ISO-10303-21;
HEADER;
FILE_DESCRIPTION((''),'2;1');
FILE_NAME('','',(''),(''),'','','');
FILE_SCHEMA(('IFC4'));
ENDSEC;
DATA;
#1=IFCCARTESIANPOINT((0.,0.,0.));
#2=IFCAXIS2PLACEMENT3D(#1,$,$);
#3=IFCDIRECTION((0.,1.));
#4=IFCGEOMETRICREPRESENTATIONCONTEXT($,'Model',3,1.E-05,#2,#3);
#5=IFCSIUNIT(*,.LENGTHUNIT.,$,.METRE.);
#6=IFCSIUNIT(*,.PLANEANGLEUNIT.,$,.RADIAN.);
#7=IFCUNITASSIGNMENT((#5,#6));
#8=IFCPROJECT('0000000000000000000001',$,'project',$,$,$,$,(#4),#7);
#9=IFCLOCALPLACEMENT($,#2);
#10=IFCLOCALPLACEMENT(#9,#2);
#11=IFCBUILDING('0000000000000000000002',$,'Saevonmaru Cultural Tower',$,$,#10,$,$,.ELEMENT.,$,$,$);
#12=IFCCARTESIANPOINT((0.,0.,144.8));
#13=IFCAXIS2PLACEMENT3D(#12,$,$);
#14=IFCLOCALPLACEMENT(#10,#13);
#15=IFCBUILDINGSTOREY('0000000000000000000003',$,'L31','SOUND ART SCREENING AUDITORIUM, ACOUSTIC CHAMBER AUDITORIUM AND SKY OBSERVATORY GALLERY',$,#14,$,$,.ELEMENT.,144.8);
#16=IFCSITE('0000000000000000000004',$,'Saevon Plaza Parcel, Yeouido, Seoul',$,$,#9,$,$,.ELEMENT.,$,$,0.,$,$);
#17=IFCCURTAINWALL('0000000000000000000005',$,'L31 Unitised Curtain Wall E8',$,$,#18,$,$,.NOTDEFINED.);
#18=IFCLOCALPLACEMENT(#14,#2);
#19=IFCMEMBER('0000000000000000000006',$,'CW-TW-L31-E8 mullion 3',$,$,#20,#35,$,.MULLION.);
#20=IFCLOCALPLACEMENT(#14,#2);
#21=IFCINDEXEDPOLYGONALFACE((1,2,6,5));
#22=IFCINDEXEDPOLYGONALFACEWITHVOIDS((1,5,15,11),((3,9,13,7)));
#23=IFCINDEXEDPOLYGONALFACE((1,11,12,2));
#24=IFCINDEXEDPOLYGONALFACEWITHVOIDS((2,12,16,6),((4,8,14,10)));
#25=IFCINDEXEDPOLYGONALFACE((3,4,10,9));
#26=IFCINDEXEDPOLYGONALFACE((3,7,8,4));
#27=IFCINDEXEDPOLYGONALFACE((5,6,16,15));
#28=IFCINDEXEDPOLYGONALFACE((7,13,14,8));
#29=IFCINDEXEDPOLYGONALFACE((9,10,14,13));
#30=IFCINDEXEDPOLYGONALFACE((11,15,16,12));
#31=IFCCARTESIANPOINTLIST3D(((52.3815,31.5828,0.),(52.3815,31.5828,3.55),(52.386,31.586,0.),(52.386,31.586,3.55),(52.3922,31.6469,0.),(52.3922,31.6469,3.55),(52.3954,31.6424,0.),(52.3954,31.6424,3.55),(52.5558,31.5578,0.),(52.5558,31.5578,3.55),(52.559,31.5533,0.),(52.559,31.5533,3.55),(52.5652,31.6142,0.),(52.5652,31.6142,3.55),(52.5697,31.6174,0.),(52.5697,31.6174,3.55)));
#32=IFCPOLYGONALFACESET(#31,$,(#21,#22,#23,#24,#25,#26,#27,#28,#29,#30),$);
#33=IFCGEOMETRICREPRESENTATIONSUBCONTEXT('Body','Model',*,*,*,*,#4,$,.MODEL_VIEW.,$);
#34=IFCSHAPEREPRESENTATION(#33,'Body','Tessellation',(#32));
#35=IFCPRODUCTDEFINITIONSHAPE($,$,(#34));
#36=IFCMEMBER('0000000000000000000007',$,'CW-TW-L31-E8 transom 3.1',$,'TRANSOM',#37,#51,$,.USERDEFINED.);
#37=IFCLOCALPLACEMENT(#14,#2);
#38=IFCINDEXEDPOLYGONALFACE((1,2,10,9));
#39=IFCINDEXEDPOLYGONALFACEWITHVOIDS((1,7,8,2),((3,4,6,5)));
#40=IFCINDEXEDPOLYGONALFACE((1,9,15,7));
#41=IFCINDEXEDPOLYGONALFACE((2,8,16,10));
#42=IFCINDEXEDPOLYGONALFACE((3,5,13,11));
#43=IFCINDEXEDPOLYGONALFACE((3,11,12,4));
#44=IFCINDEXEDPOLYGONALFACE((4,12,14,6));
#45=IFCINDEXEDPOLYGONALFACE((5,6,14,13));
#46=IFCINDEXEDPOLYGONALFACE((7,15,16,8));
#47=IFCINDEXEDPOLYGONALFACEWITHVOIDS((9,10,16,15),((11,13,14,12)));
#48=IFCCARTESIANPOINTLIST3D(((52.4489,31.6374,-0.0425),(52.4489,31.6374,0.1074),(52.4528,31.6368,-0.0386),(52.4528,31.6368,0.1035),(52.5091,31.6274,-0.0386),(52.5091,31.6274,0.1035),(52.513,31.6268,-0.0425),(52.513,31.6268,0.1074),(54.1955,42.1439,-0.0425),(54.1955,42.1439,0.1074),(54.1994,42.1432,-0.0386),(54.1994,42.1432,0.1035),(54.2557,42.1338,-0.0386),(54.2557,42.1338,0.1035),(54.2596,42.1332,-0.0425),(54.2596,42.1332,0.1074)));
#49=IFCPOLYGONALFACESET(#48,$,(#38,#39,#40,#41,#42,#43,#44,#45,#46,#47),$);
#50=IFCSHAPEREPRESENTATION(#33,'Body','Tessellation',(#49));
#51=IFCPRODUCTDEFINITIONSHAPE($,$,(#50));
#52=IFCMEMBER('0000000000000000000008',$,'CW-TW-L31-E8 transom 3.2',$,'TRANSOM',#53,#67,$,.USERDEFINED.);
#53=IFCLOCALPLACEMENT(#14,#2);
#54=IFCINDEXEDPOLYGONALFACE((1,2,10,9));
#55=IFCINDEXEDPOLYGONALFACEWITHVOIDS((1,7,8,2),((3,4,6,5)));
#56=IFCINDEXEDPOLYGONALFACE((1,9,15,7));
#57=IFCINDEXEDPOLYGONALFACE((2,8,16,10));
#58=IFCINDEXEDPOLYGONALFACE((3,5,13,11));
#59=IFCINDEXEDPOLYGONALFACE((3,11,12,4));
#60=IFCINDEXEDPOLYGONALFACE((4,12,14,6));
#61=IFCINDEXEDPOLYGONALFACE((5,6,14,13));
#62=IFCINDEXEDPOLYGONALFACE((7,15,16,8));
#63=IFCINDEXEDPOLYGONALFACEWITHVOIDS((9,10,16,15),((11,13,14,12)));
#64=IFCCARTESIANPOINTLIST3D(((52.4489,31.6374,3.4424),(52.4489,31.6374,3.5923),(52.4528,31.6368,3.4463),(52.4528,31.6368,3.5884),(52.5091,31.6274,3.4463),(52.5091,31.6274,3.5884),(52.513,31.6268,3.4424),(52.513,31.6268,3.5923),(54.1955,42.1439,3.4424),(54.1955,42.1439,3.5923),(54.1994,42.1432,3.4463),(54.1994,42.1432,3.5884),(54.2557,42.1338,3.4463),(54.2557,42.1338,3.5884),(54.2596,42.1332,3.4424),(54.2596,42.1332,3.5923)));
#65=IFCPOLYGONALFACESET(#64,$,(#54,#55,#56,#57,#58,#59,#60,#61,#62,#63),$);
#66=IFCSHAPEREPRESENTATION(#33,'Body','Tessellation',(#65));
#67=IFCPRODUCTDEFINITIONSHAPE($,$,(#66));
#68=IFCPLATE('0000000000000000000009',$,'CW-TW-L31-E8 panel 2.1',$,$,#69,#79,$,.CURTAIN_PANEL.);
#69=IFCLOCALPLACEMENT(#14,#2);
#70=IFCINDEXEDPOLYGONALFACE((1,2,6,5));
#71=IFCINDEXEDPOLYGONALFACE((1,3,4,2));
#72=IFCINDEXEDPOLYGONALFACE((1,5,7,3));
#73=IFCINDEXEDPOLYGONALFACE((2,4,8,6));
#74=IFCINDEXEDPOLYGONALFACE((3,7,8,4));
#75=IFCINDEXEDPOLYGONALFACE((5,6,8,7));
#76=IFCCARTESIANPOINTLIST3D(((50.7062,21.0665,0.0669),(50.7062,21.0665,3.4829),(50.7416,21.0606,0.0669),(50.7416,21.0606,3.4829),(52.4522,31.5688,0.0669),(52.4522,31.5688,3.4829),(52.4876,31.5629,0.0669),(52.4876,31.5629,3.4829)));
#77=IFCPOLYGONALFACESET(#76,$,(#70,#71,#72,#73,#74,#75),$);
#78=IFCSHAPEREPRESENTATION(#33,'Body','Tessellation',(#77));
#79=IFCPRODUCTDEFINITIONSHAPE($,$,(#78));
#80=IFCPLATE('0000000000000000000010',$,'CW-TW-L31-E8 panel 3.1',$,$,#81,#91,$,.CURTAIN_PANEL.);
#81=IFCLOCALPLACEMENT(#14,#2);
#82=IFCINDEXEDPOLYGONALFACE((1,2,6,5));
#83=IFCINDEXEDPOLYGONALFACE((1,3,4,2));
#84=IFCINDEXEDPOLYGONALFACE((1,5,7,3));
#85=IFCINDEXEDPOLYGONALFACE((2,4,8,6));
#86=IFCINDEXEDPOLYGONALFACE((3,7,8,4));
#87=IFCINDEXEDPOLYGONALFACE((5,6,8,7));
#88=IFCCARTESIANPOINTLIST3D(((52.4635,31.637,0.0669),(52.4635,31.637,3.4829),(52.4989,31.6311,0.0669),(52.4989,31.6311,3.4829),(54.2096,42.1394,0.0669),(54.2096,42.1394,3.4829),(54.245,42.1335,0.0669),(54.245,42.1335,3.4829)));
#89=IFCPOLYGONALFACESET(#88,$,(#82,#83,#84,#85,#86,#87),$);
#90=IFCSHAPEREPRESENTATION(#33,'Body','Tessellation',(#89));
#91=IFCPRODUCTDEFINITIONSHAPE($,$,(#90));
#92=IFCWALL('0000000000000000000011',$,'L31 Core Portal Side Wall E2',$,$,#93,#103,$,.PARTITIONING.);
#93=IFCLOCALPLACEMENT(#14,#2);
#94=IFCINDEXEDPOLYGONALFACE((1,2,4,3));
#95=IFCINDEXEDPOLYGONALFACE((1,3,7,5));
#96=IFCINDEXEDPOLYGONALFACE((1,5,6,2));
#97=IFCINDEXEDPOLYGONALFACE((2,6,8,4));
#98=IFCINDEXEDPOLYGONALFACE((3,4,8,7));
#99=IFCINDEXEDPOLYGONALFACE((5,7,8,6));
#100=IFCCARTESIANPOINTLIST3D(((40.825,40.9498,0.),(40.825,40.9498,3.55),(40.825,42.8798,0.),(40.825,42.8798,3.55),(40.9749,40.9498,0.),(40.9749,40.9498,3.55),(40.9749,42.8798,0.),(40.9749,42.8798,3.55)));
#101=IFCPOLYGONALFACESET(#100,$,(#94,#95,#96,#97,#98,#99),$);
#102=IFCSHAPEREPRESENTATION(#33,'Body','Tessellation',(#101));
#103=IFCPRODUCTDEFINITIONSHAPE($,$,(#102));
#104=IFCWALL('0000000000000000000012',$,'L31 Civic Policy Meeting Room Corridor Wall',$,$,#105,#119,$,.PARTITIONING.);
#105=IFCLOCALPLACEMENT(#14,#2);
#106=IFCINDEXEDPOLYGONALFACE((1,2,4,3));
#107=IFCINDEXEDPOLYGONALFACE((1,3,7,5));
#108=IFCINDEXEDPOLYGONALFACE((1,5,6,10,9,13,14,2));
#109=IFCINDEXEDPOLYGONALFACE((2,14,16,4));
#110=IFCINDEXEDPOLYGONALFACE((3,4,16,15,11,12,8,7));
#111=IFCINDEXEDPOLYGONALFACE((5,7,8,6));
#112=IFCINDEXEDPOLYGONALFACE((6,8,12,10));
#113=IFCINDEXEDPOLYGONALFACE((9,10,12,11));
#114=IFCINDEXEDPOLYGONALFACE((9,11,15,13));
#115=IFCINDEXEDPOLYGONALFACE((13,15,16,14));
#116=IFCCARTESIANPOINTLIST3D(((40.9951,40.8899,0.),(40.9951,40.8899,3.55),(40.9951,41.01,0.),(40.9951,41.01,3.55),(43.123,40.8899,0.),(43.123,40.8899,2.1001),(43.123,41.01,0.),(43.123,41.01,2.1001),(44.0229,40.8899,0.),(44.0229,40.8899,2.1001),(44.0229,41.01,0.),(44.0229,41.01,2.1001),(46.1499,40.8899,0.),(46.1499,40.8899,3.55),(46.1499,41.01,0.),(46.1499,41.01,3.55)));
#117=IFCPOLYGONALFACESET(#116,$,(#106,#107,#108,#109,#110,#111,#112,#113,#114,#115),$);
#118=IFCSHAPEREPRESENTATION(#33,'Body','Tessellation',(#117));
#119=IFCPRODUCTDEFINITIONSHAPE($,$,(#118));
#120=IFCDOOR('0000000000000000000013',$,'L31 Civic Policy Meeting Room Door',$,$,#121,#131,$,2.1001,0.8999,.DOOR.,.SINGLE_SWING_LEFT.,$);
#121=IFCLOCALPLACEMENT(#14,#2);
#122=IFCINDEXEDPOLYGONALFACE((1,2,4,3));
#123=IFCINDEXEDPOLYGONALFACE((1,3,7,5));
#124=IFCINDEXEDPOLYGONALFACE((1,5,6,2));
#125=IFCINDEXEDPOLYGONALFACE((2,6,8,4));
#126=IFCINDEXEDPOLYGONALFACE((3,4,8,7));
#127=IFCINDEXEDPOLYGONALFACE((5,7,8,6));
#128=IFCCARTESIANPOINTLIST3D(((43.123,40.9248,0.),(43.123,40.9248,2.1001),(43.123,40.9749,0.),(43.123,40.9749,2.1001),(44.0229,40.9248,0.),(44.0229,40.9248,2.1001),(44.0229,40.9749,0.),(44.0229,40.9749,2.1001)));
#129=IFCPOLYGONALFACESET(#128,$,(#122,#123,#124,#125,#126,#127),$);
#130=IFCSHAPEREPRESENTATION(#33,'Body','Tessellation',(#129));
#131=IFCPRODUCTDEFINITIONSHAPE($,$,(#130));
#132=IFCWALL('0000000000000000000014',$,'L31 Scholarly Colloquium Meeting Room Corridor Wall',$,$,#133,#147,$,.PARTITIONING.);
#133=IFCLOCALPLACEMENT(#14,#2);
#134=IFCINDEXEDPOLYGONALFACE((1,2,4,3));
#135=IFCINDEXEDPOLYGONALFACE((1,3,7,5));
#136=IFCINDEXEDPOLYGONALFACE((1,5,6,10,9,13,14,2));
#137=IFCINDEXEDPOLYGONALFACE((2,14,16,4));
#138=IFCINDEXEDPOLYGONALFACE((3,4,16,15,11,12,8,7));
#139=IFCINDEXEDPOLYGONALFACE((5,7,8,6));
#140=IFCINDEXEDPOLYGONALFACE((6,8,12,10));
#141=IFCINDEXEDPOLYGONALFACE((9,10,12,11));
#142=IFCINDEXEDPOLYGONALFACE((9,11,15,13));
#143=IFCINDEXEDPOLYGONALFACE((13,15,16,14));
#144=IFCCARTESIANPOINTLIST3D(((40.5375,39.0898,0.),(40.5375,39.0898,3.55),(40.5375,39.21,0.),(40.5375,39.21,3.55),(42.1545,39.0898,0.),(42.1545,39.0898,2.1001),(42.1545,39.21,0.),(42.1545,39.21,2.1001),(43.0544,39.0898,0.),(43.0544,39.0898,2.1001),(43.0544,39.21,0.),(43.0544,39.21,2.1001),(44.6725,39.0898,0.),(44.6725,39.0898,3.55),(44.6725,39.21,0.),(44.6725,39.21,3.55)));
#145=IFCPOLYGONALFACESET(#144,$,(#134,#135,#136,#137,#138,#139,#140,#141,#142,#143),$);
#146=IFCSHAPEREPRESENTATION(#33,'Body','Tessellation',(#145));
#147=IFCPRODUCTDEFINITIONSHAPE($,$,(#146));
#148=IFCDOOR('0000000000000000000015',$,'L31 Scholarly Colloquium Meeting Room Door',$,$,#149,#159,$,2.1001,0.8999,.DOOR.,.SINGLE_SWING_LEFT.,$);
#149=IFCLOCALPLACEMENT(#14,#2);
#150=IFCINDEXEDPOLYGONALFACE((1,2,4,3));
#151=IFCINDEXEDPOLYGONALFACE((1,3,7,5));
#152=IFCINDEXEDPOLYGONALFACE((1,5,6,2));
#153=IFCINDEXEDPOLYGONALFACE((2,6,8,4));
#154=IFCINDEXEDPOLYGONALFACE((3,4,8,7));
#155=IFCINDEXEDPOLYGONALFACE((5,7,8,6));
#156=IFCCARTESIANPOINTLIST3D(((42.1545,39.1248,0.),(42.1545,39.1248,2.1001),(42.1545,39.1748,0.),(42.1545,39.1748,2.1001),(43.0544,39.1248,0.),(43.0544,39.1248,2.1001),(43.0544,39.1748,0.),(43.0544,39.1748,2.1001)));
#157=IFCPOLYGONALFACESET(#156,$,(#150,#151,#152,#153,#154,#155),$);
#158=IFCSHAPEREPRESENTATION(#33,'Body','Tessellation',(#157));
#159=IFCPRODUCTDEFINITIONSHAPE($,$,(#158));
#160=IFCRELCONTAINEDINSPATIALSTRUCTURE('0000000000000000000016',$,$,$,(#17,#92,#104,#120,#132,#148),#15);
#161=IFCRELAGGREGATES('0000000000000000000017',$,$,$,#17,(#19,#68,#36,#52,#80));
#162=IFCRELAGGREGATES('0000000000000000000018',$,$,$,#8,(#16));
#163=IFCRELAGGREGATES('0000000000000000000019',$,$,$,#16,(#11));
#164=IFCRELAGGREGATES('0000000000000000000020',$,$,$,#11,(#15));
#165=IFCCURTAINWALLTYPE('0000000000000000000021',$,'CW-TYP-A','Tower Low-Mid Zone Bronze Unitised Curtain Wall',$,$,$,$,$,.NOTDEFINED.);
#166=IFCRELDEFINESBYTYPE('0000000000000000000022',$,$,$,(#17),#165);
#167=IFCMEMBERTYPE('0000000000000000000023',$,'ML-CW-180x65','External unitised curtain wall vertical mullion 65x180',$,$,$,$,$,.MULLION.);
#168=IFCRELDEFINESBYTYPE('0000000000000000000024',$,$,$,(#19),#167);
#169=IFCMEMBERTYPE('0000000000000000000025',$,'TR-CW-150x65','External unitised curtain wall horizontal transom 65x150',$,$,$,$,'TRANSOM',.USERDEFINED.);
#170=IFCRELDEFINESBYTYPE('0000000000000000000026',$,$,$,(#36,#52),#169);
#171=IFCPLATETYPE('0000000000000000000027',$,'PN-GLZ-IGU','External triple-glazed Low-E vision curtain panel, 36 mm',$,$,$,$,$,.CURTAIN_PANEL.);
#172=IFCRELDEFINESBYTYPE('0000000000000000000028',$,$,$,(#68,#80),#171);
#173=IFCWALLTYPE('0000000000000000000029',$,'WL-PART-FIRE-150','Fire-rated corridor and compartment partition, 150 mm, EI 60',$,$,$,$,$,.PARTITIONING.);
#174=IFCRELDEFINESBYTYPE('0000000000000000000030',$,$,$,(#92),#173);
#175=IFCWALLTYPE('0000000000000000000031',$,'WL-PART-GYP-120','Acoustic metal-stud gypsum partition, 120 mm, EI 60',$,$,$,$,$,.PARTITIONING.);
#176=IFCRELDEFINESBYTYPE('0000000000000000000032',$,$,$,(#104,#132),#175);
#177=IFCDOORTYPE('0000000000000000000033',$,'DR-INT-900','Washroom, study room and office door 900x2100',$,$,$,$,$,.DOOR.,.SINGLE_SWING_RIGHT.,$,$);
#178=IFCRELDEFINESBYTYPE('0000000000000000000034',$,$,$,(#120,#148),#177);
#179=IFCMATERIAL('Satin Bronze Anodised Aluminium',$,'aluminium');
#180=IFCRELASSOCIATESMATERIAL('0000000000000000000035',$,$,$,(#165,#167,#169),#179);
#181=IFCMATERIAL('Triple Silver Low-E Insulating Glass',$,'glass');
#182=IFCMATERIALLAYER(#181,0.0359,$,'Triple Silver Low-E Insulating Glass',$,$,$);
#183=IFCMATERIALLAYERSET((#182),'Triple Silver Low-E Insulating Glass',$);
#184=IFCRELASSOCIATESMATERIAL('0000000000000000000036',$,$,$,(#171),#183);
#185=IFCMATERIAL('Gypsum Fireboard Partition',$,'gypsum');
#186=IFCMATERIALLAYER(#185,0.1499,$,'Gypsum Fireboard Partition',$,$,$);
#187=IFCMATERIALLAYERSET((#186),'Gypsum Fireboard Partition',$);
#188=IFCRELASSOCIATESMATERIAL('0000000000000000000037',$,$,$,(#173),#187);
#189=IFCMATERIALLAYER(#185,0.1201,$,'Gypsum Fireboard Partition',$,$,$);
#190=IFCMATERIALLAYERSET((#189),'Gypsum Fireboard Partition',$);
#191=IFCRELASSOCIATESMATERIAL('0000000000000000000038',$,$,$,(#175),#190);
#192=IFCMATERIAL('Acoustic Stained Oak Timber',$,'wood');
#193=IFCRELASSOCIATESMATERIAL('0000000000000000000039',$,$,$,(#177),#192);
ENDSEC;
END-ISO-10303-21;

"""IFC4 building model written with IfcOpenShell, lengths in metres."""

from ifc_helpers import new_model, si_unit, direction, frame, frame_2d, origin, origin_2d, place, context, subcontext, project, spatial, rectangle, hollow_rectangle, extrude, material, layer, layer_set, material_profile, profile_set, type_object, element, fill, aggregate, save


model = new_model("IFC4")

# Units and contexts
model_context = context("Model", 3, precision=1e-05, world=origin(), true_north=direction((0.0, 1.0)))
body_context = subcontext(model_context, "Body", "Model", "MODEL_VIEW")
ifc_project = project(units=[si_unit("LENGTHUNIT", "METRE"), si_unit("PLANEANGLEUNIT", "RADIAN")], contexts=[model_context])

# Site, building, storey
site_placement = place(None, origin())
site = spatial("IfcSite", under=ifc_project, at=site_placement, Name="Saevon Plaza Parcel, Yeouido, Seoul", CompositionType="ELEMENT", RefElevation=0.0)
building_placement = place(site_placement, origin())
building = spatial("IfcBuilding", under=site, at=building_placement, Name="Saevonmaru Cultural Tower", CompositionType="ELEMENT")
storey_placement = place(building_placement, frame((0.0, 0.0, 144.8)))
storey = spatial("IfcBuildingStorey", under=building, at=storey_placement, Name="L31", Description="SOUND ART SCREENING AUDITORIUM, ACOUSTIC CHAMBER AUDITORIUM AND SKY OBSERVATORY GALLERY", CompositionType="ELEMENT", Elevation=144.8)

# Curtain wall, members, plates
ifc_material_1 = material(Name="Satin Bronze Anodised Aluminium", Category="aluminium")
curtain_wall_type = type_object("IfcCurtainWallType", Name="CW-TYP-A", Description="Tower Low-Mid Zone Bronze Unitised Curtain Wall", PredefinedType="NOTDEFINED", material=ifc_material_1)
curtain_wall_placement = place(storey_placement, origin())
curtain_wall = element("IfcCurtainWall", 1, at=curtain_wall_placement, inside=storey, type_object=curtain_wall_type, Name="L31 Unitised Curtain Wall E8", PredefinedType="NOTDEFINED")
ifc_material_profile_1 = material_profile(ifc_material_1, hollow_rectangle(XDim=0.0649, YDim=0.1799, WallThickness=0.0039, at=origin_2d()), Name="ALU-MULL-180x65x4")
ifc_profile_set_1 = profile_set([ifc_material_profile_1], Name="Satin Bronze Anodised Aluminium")
member_type_1 = type_object("IfcMemberType", Name="ML-CW-180x65", Description="External unitised curtain wall vertical mullion 65x180", PredefinedType="MULLION", material=ifc_profile_set_1)
member_1_placement = place(storey_placement, frame((52.4756, 31.6001, 0.0), z_axis=(0.0, 0.0, 1.0), x_axis=(0.163999, 0.986461, 0.0)))
member_1 = element("IfcMember", 2, at=member_1_placement, type_object=member_type_1, Name="CW-TW-L31-E8 mullion 3", PredefinedType="MULLION", context=body_context, shape_type="SweptSolid", body=[
    extrude(hollow_rectangle(XDim=0.0649, YDim=0.1799, WallThickness=0.0039, at=origin_2d()), origin(), (0.0, 0.0, 1.0), 3.55),
])
ifc_material_profile_2 = material_profile(ifc_material_1, hollow_rectangle(XDim=0.0649, YDim=0.1499, WallThickness=0.0039, at=origin_2d()), Name="ALU-TRAN-150x65x4")
ifc_profile_set_2 = profile_set([ifc_material_profile_2], Name="Satin Bronze Anodised Aluminium")
member_type_2 = type_object("IfcMemberType", Name="TR-CW-150x65", Description="External unitised curtain wall horizontal transom 65x150", ElementType="TRANSOM", PredefinedType="USERDEFINED", material=ifc_profile_set_2)
member_2_placement = place(storey_placement, frame((52.481, 31.6321, 0.0325), z_axis=(0.16399, 0.986462, 0.0), x_axis=(-0.986462, 0.16399, 0.0)))
member_2 = element("IfcMember", 3, at=member_2_placement, type_object=member_type_2, Name="CW-TW-L31-E8 transom 3.1", ObjectType="TRANSOM", PredefinedType="USERDEFINED", context=body_context, shape_type="SweptSolid", body=[
    extrude(hollow_rectangle(XDim=0.0649, YDim=0.1499, WallThickness=0.0039, at=origin_2d()), origin(), (0.0, 0.0, 1.0), 10.6506),
])
member_3_placement = place(storey_placement, frame((52.481, 31.6321, 3.5173), z_axis=(0.16399, 0.986462, 0.0), x_axis=(-0.986462, 0.16399, 0.0)))
member_3 = element("IfcMember", 4, at=member_3_placement, type_object=member_type_2, Name="CW-TW-L31-E8 transom 3.2", ObjectType="TRANSOM", PredefinedType="USERDEFINED", context=body_context, shape_type="SweptSolid", body=[
    extrude(hollow_rectangle(XDim=0.0649, YDim=0.1499, WallThickness=0.0039, at=origin_2d()), origin(), (0.0, 0.0, 1.0), 10.6506),
])
ifc_material_2 = material(Name="Triple Silver Low-E Insulating Glass", Category="glass")
ifc_layer_1 = layer(ifc_material_2, 0.0359, Name="Triple Silver Low-E Insulating Glass")
ifc_layer_set_1 = layer_set([ifc_layer_1], Name="Triple Silver Low-E Insulating Glass")
plate_type = type_object("IfcPlateType", Name="PN-GLZ-IGU", Description="External triple-glazed Low-E vision curtain panel, 36 mm", PredefinedType="CURTAIN_PANEL", material=ifc_layer_set_1)
plate_1_placement = place(storey_placement, frame((51.5969, 26.3147, 0.0669), z_axis=(0.0, 0.0, 1.0), x_axis=(0.163999, 0.986461, 0.0)))
plate_1 = element("IfcPlate", 5, at=plate_1_placement, type_object=plate_type, Name="CW-TW-L31-E8 panel 2.1", PredefinedType="CURTAIN_PANEL", context=body_context, shape_type="SweptSolid", body=[
    extrude(rectangle(XDim=10.6465, YDim=0.0359, at=origin_2d()), origin(), (0.0, 0.0, 1.0), 3.416),
])
plate_2_placement = place(storey_placement, frame((53.3542, 36.8853, 0.0669), z_axis=(0.0, 0.0, 1.0), x_axis=(0.163999, 0.986461, 0.0)))
plate_2 = element("IfcPlate", 6, at=plate_2_placement, type_object=plate_type, Name="CW-TW-L31-E8 panel 3.1", PredefinedType="CURTAIN_PANEL", context=body_context, shape_type="SweptSolid", body=[
    extrude(rectangle(XDim=10.6465, YDim=0.0359, at=origin_2d()), origin(), (0.0, 0.0, 1.0), 3.416),
])
aggregate(curtain_wall, [member_1, plate_1, member_2, member_3, plate_2])

# Wall
ifc_material_3 = material(Name="Gypsum Fireboard Partition", Category="gypsum")
ifc_layer_2 = layer(ifc_material_3, 0.1499, Name="Gypsum Fireboard Partition")
ifc_layer_set_2 = layer_set([ifc_layer_2], Name="Gypsum Fireboard Partition")
wall_type_1 = type_object("IfcWallType", Name="WL-PART-FIRE-150", Description="Fire-rated corridor and compartment partition, 150 mm, EI 60", PredefinedType="PARTITIONING", material=ifc_layer_set_2)
wall_1_placement = place(storey_placement, frame((40.8999, 40.95, 0.0), z_axis=(0.0, 0.0, 1.0), x_axis=(0.0, 1.0, 0.0)))
element("IfcWall", 7, at=wall_1_placement, inside=storey, type_object=wall_type_1, Name="L31 Core Portal Side Wall E2", PredefinedType="PARTITIONING", context=body_context, shape_type="SweptSolid", body=[
    extrude(rectangle(XDim=1.9299, YDim=0.1499, at=frame_2d((0.9648, 0.0))), origin(), (0.0, 0.0, 1.0), 3.55),
])

# Walls, openings, doors
ifc_layer_3 = layer(ifc_material_3, 0.1201, Name="Gypsum Fireboard Partition")
ifc_layer_set_3 = layer_set([ifc_layer_3], Name="Gypsum Fireboard Partition")
wall_type_2 = type_object("IfcWallType", Name="WL-PART-GYP-120", Description="Acoustic metal-stud gypsum partition, 120 mm, EI 60", PredefinedType="PARTITIONING", material=ifc_layer_set_3)
wall_2_placement = place(storey_placement, frame((40.9951, 40.95, 0.0), z_axis=(0.0, 0.0, 1.0), x_axis=(1.0, 0.0, 0.0)))
wall_2 = element("IfcWall", 8, at=wall_2_placement, inside=storey, type_object=wall_type_2, Name="L31 Civic Policy Meeting Room Corridor Wall", PredefinedType="PARTITIONING", context=body_context, shape_type="SweptSolid", body=[
    extrude(rectangle(XDim=5.1548, YDim=0.1201, at=frame_2d((2.5774, 0.0))), origin(), (0.0, 0.0, 1.0), 3.55),
])
opening_1_placement = place(wall_2_placement, frame((2.1279, 0.0, 0.0)))
opening_1 = element("IfcOpeningElement", 9, at=opening_1_placement, cuts=wall_2, PredefinedType="OPENING", context=body_context, shape_type="SweptSolid", body=[
    extrude(rectangle(XDim=0.8999, YDim=2.1001, at=frame_2d((0.45, 1.05))), frame((0.0, 0.0701, 0.0), z_axis=(0.0, -1.0, 0.0), x_axis=(1.0, 0.0, 0.0)), (0.0, 0.0, 1.0), 0.1401),
])
ifc_material_4 = material(Name="Acoustic Stained Oak Timber", Category="wood")
door_type_1 = type_object("IfcDoorType", Name="DR-INT-900", Description="Washroom, study room and office door 900x2100", OperationType="SINGLE_SWING_RIGHT", PredefinedType="DOOR", material=ifc_material_4)
door_1_placement = place(opening_1_placement, origin())
door_1 = element("IfcDoor", 10, at=door_1_placement, inside=storey, type_object=door_type_1, Name="L31 Civic Policy Meeting Room Door", OperationType="SINGLE_SWING_LEFT", OverallHeight=2.1001, OverallWidth=0.8999, PredefinedType="DOOR", context=body_context, shape_type="SweptSolid", body=[
    extrude(rectangle(XDim=0.8999, YDim=2.1001, at=frame_2d((0.45, 1.05))), frame((0.0, 0.0249, 0.0), z_axis=(0.0, -1.0, 0.0), x_axis=(1.0, 0.0, 0.0)), (0.0, 0.0, 1.0), 0.05),
])
fill(opening_1, door_1)
wall_3_placement = place(storey_placement, frame((40.5376, 39.1499, 0.0), z_axis=(0.0, 0.0, 1.0), x_axis=(1.0, 0.0, 0.0)))
wall_3 = element("IfcWall", 11, at=wall_3_placement, inside=storey, type_object=wall_type_2, Name="L31 Scholarly Colloquium Meeting Room Corridor Wall", PredefinedType="PARTITIONING", context=body_context, shape_type="SweptSolid", body=[
    extrude(rectangle(XDim=4.135, YDim=0.1201, at=frame_2d((2.0674, 0.0))), origin(), (0.0, 0.0, 1.0), 3.55),
])
opening_2_placement = place(wall_3_placement, frame((1.6169, 0.0, 0.0)))
opening_2 = element("IfcOpeningElement", 12, at=opening_2_placement, cuts=wall_3, PredefinedType="OPENING", context=body_context, shape_type="SweptSolid", body=[
    extrude(rectangle(XDim=0.8999, YDim=2.1001, at=frame_2d((0.45, 1.05))), frame((0.0, 0.0701, 0.0), z_axis=(0.0, -1.0, 0.0), x_axis=(1.0, 0.0, 0.0)), (0.0, 0.0, 1.0), 0.1401),
])
door_2_placement = place(opening_2_placement, origin())
door_2 = element("IfcDoor", 13, at=door_2_placement, inside=storey, type_object=door_type_1, Name="L31 Scholarly Colloquium Meeting Room Door", OperationType="SINGLE_SWING_LEFT", OverallHeight=2.1001, OverallWidth=0.8999, PredefinedType="DOOR", context=body_context, shape_type="SweptSolid", body=[
    extrude(rectangle(XDim=0.8999, YDim=2.1001, at=frame_2d((0.45, 1.05))), frame((0.0, 0.0249, 0.0), z_axis=(0.0, -1.0, 0.0), x_axis=(1.0, 0.0, 0.0)), (0.0, 0.0, 1.0), 0.05),
])
fill(opening_2, door_2)

save(model, "model.ifc")
